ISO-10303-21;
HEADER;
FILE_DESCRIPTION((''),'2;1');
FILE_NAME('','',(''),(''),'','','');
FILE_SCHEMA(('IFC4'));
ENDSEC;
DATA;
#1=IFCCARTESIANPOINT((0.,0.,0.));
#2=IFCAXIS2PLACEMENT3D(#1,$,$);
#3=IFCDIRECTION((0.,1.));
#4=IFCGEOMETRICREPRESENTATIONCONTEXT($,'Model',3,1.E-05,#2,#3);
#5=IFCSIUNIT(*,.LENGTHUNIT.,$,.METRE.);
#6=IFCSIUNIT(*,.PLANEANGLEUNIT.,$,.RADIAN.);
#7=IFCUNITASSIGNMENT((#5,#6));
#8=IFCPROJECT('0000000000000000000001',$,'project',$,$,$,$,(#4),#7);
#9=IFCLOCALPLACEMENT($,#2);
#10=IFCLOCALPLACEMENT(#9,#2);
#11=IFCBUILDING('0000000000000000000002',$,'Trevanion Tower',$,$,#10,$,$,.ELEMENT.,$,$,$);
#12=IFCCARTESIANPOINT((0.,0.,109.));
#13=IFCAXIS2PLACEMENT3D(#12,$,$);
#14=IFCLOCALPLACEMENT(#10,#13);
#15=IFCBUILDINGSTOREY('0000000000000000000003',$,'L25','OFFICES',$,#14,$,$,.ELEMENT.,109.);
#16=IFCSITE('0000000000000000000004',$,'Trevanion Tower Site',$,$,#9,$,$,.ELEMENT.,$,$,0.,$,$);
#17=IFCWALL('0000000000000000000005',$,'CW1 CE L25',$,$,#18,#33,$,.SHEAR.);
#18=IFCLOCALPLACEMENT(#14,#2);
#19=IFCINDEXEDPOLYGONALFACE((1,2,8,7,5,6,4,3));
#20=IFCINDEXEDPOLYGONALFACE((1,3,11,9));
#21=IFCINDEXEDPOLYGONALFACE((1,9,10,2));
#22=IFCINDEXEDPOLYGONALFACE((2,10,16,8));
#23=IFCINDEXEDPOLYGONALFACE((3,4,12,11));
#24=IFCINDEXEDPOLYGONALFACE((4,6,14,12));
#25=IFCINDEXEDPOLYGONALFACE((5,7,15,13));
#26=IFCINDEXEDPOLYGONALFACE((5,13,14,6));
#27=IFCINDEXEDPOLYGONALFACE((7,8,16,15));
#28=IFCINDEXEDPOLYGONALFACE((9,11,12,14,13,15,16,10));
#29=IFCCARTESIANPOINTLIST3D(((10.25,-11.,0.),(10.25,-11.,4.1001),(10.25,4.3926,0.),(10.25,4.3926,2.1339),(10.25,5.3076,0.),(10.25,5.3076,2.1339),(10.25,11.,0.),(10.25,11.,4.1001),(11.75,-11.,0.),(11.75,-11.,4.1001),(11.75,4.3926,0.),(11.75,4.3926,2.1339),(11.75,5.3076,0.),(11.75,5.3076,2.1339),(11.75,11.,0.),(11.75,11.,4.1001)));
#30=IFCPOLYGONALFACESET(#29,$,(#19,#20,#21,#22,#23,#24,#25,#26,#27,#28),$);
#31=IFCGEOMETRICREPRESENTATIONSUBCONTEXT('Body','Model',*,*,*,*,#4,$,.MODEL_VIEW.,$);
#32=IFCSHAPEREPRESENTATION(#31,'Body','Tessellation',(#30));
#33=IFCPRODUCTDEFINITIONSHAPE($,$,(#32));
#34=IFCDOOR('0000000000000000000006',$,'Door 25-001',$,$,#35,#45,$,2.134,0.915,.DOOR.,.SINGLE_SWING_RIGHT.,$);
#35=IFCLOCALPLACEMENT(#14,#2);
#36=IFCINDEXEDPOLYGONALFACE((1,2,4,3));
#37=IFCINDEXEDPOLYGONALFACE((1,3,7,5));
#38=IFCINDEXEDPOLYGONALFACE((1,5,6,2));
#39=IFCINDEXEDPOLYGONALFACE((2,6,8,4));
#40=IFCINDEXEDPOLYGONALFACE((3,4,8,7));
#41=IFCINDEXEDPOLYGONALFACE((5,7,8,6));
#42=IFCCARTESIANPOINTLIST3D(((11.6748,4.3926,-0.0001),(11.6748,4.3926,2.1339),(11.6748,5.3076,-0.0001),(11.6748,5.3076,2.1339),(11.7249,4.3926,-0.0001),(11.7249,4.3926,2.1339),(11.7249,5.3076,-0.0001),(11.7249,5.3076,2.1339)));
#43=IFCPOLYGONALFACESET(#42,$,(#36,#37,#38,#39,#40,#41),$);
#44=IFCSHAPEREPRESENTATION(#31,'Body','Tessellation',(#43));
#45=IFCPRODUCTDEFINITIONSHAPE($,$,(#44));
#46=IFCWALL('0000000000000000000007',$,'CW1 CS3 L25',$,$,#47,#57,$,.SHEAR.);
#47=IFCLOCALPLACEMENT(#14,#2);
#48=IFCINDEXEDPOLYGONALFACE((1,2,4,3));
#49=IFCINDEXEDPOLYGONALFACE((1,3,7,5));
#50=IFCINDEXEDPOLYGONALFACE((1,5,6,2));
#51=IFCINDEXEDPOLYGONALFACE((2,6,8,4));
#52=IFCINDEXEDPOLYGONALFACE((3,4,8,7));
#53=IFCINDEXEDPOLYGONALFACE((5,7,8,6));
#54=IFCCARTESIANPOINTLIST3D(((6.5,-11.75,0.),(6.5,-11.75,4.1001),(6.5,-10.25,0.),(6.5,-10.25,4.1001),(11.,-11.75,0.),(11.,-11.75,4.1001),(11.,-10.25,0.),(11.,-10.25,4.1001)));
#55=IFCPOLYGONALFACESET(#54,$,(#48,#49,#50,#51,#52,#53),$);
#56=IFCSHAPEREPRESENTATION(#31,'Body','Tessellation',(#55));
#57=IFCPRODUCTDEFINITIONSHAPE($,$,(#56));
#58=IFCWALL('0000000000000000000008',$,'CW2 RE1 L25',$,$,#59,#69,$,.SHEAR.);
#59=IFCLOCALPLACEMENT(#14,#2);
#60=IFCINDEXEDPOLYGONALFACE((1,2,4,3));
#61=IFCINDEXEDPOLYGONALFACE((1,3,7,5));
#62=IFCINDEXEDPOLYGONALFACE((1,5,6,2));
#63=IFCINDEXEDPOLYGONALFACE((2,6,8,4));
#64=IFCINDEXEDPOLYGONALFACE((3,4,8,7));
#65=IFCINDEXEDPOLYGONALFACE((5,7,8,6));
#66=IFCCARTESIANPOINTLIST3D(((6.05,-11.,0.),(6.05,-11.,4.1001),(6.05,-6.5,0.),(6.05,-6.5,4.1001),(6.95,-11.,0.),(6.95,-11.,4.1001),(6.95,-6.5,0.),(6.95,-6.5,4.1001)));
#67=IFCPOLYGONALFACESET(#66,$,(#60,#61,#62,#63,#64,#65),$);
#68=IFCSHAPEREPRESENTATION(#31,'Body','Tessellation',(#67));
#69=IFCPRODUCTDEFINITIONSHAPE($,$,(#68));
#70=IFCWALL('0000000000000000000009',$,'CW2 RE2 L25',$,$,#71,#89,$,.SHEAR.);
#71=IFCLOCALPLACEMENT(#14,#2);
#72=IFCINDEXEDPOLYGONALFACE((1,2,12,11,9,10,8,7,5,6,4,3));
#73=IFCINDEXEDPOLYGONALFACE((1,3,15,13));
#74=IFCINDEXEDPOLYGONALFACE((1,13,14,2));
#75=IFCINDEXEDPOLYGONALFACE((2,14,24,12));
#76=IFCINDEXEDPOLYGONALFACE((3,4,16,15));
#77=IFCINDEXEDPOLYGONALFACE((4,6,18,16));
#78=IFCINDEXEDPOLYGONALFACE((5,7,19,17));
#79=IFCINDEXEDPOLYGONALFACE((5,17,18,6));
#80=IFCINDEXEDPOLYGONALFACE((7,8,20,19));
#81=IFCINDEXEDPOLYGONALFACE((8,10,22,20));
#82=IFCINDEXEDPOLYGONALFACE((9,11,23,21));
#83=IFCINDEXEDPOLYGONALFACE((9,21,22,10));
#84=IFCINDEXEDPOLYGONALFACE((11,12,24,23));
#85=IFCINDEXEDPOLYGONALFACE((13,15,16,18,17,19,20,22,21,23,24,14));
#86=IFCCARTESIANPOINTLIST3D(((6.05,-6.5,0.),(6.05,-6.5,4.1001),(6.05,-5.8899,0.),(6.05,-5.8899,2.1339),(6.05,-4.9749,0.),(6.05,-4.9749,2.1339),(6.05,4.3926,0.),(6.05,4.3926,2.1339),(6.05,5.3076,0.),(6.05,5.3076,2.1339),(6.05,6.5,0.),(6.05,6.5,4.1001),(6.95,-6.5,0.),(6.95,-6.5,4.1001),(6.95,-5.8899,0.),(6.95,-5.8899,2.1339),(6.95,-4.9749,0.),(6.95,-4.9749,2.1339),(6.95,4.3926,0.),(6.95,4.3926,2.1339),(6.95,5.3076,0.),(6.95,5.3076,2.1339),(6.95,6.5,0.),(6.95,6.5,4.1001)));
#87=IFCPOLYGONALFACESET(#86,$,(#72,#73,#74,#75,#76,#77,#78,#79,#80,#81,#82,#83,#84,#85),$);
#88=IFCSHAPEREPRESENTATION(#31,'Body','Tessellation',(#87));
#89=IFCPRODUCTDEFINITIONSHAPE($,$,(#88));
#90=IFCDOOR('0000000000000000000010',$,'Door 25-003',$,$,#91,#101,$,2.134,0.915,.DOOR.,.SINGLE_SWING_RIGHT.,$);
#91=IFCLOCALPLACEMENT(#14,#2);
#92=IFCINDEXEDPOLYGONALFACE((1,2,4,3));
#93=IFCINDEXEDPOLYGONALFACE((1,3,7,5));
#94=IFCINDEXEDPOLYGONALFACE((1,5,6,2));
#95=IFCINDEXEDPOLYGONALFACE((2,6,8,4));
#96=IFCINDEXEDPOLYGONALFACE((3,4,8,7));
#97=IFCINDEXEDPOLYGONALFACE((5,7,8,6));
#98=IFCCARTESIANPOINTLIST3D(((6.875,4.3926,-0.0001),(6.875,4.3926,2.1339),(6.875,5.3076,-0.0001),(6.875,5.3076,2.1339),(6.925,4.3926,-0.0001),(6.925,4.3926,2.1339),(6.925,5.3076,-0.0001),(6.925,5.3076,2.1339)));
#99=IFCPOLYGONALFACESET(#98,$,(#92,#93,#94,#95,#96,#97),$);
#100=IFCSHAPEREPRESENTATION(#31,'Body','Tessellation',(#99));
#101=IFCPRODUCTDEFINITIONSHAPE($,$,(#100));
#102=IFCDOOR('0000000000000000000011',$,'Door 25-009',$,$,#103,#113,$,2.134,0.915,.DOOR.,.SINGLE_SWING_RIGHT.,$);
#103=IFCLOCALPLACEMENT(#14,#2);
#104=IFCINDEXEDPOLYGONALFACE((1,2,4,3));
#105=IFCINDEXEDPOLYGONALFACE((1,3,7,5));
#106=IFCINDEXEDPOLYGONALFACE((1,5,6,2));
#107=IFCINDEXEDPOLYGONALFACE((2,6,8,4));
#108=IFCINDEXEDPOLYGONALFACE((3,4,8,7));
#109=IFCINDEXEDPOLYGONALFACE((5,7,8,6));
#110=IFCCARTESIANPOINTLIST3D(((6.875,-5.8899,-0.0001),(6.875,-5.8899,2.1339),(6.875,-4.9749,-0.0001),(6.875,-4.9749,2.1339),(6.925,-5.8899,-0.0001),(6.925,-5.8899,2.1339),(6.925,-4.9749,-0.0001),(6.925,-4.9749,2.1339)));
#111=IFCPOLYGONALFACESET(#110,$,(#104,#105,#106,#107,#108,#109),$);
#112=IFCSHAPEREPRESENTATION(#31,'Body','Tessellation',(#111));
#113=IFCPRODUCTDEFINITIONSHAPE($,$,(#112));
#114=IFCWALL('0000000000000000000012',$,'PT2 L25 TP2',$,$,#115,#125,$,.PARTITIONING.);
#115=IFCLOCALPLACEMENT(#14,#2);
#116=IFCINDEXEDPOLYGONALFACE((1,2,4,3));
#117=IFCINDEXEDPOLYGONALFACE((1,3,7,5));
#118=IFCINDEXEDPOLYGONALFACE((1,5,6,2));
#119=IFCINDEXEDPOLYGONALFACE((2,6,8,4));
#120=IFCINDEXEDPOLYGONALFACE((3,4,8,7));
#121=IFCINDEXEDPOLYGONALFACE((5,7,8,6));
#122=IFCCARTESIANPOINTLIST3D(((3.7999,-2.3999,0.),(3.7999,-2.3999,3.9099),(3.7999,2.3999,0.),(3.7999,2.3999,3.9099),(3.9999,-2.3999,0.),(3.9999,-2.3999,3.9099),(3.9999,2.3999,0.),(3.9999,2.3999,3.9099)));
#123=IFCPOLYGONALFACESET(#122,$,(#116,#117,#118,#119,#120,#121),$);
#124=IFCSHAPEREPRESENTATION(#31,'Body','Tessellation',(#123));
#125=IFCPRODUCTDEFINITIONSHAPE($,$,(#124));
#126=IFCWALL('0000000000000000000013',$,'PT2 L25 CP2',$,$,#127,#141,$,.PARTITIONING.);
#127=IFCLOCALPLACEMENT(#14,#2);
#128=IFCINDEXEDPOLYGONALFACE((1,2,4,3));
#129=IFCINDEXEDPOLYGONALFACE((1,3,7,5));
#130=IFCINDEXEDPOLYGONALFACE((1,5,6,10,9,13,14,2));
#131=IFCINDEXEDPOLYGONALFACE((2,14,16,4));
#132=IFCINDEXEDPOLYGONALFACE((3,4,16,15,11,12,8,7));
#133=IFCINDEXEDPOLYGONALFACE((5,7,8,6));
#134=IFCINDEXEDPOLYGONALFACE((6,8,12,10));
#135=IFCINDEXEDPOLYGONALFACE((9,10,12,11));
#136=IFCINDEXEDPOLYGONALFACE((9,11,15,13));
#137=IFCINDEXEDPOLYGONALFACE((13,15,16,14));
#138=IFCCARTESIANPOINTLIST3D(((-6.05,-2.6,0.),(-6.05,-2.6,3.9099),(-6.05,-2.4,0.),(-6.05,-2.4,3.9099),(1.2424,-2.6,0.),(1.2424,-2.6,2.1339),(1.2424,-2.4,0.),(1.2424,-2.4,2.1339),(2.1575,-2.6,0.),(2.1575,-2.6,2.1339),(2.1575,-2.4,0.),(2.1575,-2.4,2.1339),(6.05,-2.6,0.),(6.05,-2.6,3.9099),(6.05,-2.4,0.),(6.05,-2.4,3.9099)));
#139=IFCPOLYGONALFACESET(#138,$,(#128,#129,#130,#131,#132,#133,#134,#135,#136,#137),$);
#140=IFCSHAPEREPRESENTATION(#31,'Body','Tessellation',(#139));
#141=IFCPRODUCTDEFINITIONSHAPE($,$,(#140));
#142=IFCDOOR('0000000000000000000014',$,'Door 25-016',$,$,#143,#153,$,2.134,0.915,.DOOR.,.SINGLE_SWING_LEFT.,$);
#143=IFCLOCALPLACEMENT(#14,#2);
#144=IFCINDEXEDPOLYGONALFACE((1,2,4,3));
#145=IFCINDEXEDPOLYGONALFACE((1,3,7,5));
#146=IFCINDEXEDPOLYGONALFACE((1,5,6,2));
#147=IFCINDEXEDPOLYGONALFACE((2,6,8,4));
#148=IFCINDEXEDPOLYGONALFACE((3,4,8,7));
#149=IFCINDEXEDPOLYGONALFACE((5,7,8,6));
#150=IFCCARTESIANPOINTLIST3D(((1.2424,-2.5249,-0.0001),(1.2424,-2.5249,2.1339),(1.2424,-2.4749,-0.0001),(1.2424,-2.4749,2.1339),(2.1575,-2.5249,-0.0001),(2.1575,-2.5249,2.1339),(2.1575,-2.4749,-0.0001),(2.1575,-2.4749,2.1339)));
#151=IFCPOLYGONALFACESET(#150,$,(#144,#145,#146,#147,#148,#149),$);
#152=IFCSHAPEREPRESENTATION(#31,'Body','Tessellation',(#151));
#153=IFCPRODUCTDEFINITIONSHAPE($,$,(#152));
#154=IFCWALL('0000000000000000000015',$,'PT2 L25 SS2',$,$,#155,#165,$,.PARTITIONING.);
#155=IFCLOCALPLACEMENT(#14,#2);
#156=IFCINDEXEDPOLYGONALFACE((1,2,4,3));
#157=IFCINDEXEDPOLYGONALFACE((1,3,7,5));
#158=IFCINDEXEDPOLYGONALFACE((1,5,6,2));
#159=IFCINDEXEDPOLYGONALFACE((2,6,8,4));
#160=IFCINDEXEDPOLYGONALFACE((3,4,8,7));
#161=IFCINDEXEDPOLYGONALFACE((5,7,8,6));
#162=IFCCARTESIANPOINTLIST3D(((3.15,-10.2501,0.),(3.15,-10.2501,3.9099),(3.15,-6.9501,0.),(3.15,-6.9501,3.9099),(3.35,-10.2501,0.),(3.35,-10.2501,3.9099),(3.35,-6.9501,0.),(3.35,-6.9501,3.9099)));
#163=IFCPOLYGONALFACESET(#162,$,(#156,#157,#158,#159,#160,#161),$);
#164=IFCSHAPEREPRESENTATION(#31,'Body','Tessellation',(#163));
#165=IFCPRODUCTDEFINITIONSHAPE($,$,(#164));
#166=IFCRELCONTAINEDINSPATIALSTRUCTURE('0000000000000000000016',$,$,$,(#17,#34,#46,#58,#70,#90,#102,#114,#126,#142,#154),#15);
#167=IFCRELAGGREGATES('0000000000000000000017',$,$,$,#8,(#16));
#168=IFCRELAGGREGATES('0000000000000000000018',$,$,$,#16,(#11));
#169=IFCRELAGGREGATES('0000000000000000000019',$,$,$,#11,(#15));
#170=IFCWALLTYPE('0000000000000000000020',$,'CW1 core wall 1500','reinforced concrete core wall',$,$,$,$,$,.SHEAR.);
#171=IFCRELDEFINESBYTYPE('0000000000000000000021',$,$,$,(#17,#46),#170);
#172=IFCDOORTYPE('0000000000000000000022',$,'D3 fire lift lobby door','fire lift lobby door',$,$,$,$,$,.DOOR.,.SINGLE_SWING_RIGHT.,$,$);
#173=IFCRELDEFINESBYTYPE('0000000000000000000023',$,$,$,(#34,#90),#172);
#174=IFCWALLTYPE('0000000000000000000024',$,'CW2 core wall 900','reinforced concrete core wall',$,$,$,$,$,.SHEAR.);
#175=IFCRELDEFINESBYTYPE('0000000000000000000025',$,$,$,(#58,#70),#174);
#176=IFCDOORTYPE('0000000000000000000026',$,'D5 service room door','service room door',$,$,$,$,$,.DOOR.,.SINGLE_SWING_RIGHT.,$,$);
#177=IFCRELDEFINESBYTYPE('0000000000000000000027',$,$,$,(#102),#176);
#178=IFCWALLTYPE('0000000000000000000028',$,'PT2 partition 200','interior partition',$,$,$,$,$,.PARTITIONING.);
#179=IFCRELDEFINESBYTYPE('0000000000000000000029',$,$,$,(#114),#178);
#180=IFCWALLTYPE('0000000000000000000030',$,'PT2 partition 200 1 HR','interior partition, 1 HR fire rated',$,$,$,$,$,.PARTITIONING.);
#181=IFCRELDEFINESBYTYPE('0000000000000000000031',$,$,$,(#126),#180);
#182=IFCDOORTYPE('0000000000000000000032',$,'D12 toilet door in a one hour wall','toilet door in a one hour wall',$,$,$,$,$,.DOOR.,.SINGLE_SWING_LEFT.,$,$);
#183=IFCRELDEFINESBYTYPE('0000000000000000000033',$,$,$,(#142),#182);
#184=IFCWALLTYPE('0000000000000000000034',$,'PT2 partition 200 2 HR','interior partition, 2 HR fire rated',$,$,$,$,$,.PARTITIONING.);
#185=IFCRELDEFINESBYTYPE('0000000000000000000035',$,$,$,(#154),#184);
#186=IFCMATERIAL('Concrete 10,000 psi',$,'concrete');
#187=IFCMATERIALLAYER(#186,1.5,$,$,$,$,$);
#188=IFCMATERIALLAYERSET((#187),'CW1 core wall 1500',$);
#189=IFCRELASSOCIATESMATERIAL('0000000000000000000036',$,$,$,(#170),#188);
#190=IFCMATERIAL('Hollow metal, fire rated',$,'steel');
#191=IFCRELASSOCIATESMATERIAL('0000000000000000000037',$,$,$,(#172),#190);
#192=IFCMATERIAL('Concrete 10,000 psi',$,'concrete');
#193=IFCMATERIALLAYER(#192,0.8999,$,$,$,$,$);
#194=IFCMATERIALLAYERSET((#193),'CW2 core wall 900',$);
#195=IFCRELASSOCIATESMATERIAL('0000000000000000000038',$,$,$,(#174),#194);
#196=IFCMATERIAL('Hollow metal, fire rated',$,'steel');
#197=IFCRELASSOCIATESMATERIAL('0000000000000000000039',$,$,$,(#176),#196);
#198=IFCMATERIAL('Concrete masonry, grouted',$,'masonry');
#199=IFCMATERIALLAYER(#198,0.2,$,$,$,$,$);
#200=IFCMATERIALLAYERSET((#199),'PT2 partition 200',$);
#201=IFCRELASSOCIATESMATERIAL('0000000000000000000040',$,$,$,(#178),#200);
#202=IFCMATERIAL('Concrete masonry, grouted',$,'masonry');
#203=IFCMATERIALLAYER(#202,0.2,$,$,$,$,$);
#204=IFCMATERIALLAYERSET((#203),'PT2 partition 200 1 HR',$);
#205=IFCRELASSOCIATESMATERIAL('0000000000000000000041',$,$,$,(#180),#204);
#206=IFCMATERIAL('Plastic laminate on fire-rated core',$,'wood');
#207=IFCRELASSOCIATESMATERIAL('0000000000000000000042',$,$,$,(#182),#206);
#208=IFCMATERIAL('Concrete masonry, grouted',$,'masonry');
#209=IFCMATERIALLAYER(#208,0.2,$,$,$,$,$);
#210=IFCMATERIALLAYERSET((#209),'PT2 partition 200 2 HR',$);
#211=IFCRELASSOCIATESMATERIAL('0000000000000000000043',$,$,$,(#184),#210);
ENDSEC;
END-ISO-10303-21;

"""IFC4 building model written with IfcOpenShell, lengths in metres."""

from ifc_helpers import new_model, si_unit, direction, frame, frame_2d, origin, place, context, subcontext, project, spatial, rectangle, extrude, material, layer, layer_set, type_object, element, fill, save


model = new_model("IFC4")

# Units and contexts
model_context = context("Model", 3, precision=1e-05, world=origin(), true_north=direction((0.0, 1.0)))
body_context = subcontext(model_context, "Body", "Model", "MODEL_VIEW")
ifc_project = project(units=[si_unit("LENGTHUNIT", "METRE"), si_unit("PLANEANGLEUNIT", "RADIAN")], contexts=[model_context])

# Site, building, storey
site_placement = place(None, origin())
site = spatial("IfcSite", under=ifc_project, at=site_placement, Name="Trevanion Tower Site", CompositionType="ELEMENT", RefElevation=0.0)
building_placement = place(site_placement, origin())
building = spatial("IfcBuilding", under=site, at=building_placement, Name="Trevanion Tower", CompositionType="ELEMENT")
storey_placement = place(building_placement, frame((0.0, 0.0, 109.0)))
storey = spatial("IfcBuildingStorey", under=building, at=storey_placement, Name="L25", Description="OFFICES", CompositionType="ELEMENT", Elevation=109.0)

# Wall, opening, door
ifc_material_1 = material(Name="Concrete 10,000 psi", Category="concrete")
ifc_layer_1 = layer(ifc_material_1, 1.5)
ifc_layer_set_1 = layer_set([ifc_layer_1], Name="CW1 core wall 1500")
wall_type_1 = type_object("IfcWallType", Name="CW1 core wall 1500", Description="reinforced concrete core wall", PredefinedType="SHEAR", material=ifc_layer_set_1)
wall_1_placement = place(storey_placement, frame((11.0, -11.0, 0.0), z_axis=(0.0, 0.0, 1.0), x_axis=(0.0, 1.0, 0.0)))
wall_1 = element("IfcWall", 1, at=wall_1_placement, inside=storey, type_object=wall_type_1, Name="CW1 CE L25", PredefinedType="SHEAR", context=body_context, shape_type="SweptSolid", body=[
    extrude(rectangle(XDim=22.0, YDim=1.5, at=frame_2d((11.0, 0.0))), origin(), (0.0, 0.0, 1.0), 4.1001),
])
opening_1_placement = place(wall_1_placement, frame((15.3926, 0.0, 0.0)))
opening_1 = element("IfcOpeningElement", 2, at=opening_1_placement, cuts=wall_1, PredefinedType="OPENING", context=body_context, shape_type="SweptSolid", body=[
    extrude(rectangle(XDim=0.915, YDim=2.134, at=frame_2d((0.4575, 1.0669))), frame((0.0, 0.76, 0.0), z_axis=(0.0, -1.0, 0.0), x_axis=(1.0, 0.0, 0.0)), (0.0, 0.0, 1.0), 1.52),
])
ifc_material_2 = material(Name="Hollow metal, fire rated", Category="steel")
door_type_1 = type_object("IfcDoorType", Name="D3 fire lift lobby door", Description="fire lift lobby door", OperationType="SINGLE_SWING_RIGHT", PredefinedType="DOOR", material=ifc_material_2)
door_1_placement = place(opening_1_placement, origin())
door_1 = element("IfcDoor", 3, at=door_1_placement, inside=storey, type_object=door_type_1, Name="Door 25-001", OperationType="SINGLE_SWING_RIGHT", OverallHeight=2.134, OverallWidth=0.915, PredefinedType="DOOR", context=body_context, shape_type="SweptSolid", body=[
    extrude(rectangle(XDim=0.915, YDim=2.134, at=frame_2d((0.4575, 1.0669))), frame((0.0, -0.6748, 0.0), z_axis=(0.0, -1.0, 0.0), x_axis=(1.0, 0.0, 0.0)), (0.0, 0.0, 1.0), 0.05),
])
fill(opening_1, door_1)

# Walls
wall_2_placement = place(storey_placement, frame((6.5, -11.0, 0.0), z_axis=(0.0, 0.0, 1.0), x_axis=(1.0, 0.0, 0.0)))
element("IfcWall", 4, at=wall_2_placement, inside=storey, type_object=wall_type_1, Name="CW1 CS3 L25", PredefinedType="SHEAR", context=body_context, shape_type="SweptSolid", body=[
    extrude(rectangle(XDim=4.5, YDim=1.5, at=frame_2d((2.25, 0.0))), origin(), (0.0, 0.0, 1.0), 4.1001),
])
ifc_material_3 = material(Name="Concrete 10,000 psi", Category="concrete")
ifc_layer_2 = layer(ifc_material_3, 0.8999)
ifc_layer_set_2 = layer_set([ifc_layer_2], Name="CW2 core wall 900")
wall_type_2 = type_object("IfcWallType", Name="CW2 core wall 900", Description="reinforced concrete core wall", PredefinedType="SHEAR", material=ifc_layer_set_2)
wall_3_placement = place(storey_placement, frame((6.5, -11.0, 0.0), z_axis=(0.0, 0.0, 1.0), x_axis=(0.0, 1.0, 0.0)))
element("IfcWall", 5, at=wall_3_placement, inside=storey, type_object=wall_type_2, Name="CW2 RE1 L25", PredefinedType="SHEAR", context=body_context, shape_type="SweptSolid", body=[
    extrude(rectangle(XDim=4.5, YDim=0.8999, at=frame_2d((2.25, 0.0))), origin(), (0.0, 0.0, 1.0), 4.1001),
])

# Wall, openings, doors
wall_4_placement = place(storey_placement, frame((6.5, -6.5, 0.0), z_axis=(0.0, 0.0, 1.0), x_axis=(0.0, 1.0, 0.0)))
wall_4 = element("IfcWall", 6, at=wall_4_placement, inside=storey, type_object=wall_type_2, Name="CW2 RE2 L25", PredefinedType="SHEAR", context=body_context, shape_type="SweptSolid", body=[
    extrude(rectangle(XDim=13.0, YDim=0.8999, at=frame_2d((6.5, 0.0))), origin(), (0.0, 0.0, 1.0), 4.1001),
])
opening_2_placement = place(wall_4_placement, frame((10.8926, 0.0, 0.0)))
opening_2 = element("IfcOpeningElement", 7, at=opening_2_placement, cuts=wall_4, PredefinedType="OPENING", context=body_context, shape_type="SweptSolid", body=[
    extrude(rectangle(XDim=0.915, YDim=2.134, at=frame_2d((0.4575, 1.0669))), frame((0.0, 0.46, 0.0), z_axis=(0.0, -1.0, 0.0), x_axis=(1.0, 0.0, 0.0)), (0.0, 0.0, 1.0), 0.9199),
])
opening_3_placement = place(wall_4_placement, frame((0.6101, 0.0, 0.0)))
opening_3 = element("IfcOpeningElement", 8, at=opening_3_placement, cuts=wall_4, PredefinedType="OPENING", context=body_context, shape_type="SweptSolid", body=[
    extrude(rectangle(XDim=0.915, YDim=2.134, at=frame_2d((0.4575, 1.0669))), frame((0.0, 0.46, 0.0), z_axis=(0.0, -1.0, 0.0), x_axis=(1.0, 0.0, 0.0)), (0.0, 0.0, 1.0), 0.9199),
])
door_2_placement = place(opening_2_placement, origin())
door_2 = element("IfcDoor", 9, at=door_2_placement, inside=storey, type_object=door_type_1, Name="Door 25-003", OperationType="SINGLE_SWING_RIGHT", OverallHeight=2.134, OverallWidth=0.915, PredefinedType="DOOR", context=body_context, shape_type="SweptSolid", body=[
    extrude(rectangle(XDim=0.915, YDim=2.134, at=frame_2d((0.4575, 1.0669))), frame((0.0, -0.375, 0.0), z_axis=(0.0, -1.0, 0.0), x_axis=(1.0, 0.0, 0.0)), (0.0, 0.0, 1.0), 0.05),
])
fill(opening_2, door_2)
ifc_material_4 = material(Name="Hollow metal, fire rated", Category="steel")
door_type_2 = type_object("IfcDoorType", Name="D5 service room door", Description="service room door", OperationType="SINGLE_SWING_RIGHT", PredefinedType="DOOR", material=ifc_material_4)
door_3_placement = place(opening_3_placement, origin())
door_3 = element("IfcDoor", 10, at=door_3_placement, inside=storey, type_object=door_type_2, Name="Door 25-009", OperationType="SINGLE_SWING_RIGHT", OverallHeight=2.134, OverallWidth=0.915, PredefinedType="DOOR", context=body_context, shape_type="SweptSolid", body=[
    extrude(rectangle(XDim=0.915, YDim=2.134, at=frame_2d((0.4575, 1.0669))), frame((0.0, -0.375, 0.0), z_axis=(0.0, -1.0, 0.0), x_axis=(1.0, 0.0, 0.0)), (0.0, 0.0, 1.0), 0.05),
])
fill(opening_3, door_3)

# Wall
ifc_material_5 = material(Name="Concrete masonry, grouted", Category="masonry")
ifc_layer_3 = layer(ifc_material_5, 0.2)
ifc_layer_set_3 = layer_set([ifc_layer_3], Name="PT2 partition 200")
wall_type_3 = type_object("IfcWallType", Name="PT2 partition 200", Description="interior partition", PredefinedType="PARTITIONING", material=ifc_layer_set_3)
wall_5_placement = place(storey_placement, frame((3.8999, -2.3999, 0.0), z_axis=(0.0, 0.0, 1.0), x_axis=(0.0, 1.0, 0.0)))
element("IfcWall", 11, at=wall_5_placement, inside=storey, type_object=wall_type_3, Name="PT2 L25 TP2", PredefinedType="PARTITIONING", context=body_context, shape_type="SweptSolid", body=[
    extrude(rectangle(XDim=4.7998, YDim=0.2, at=frame_2d((2.3999, 0.0))), origin(), (0.0, 0.0, 1.0), 3.9099),
])

# Wall, opening, door
ifc_material_6 = material(Name="Concrete masonry, grouted", Category="masonry")
ifc_layer_4 = layer(ifc_material_6, 0.2)
ifc_layer_set_4 = layer_set([ifc_layer_4], Name="PT2 partition 200 1 HR")
wall_type_4 = type_object("IfcWallType", Name="PT2 partition 200 1 HR", Description="interior partition, 1 HR fire rated", PredefinedType="PARTITIONING", material=ifc_layer_set_4)
wall_6_placement = place(storey_placement, frame((6.05, -2.5, 0.0), z_axis=(0.0, 0.0, 1.0), x_axis=(-1.0, 0.0, 0.0)))
wall_6 = element("IfcWall", 12, at=wall_6_placement, inside=storey, type_object=wall_type_4, Name="PT2 L25 CP2", PredefinedType="PARTITIONING", context=body_context, shape_type="SweptSolid", body=[
    extrude(rectangle(XDim=12.1001, YDim=0.2, at=frame_2d((6.05, 0.0))), origin(), (0.0, 0.0, 1.0), 3.9099),
])
opening_4_placement = place(wall_6_placement, frame((3.8926, 0.0, 0.0)))
opening_4 = element("IfcOpeningElement", 13, at=opening_4_placement, cuts=wall_6, PredefinedType="OPENING", context=body_context, shape_type="SweptSolid", body=[
    extrude(rectangle(XDim=0.915, YDim=2.134, at=frame_2d((0.4575, 1.0669))), frame((0.0, 0.1099, 0.0), z_axis=(0.0, -1.0, 0.0), x_axis=(1.0, 0.0, 0.0)), (0.0, 0.0, 1.0), 0.22),
])
ifc_material_7 = material(Name="Plastic laminate on fire-rated core", Category="wood")
door_type_3 = type_object("IfcDoorType", Name="D12 toilet door in a one hour wall", Description="toilet door in a one hour wall", OperationType="SINGLE_SWING_LEFT", PredefinedType="DOOR", material=ifc_material_7)
door_4_placement = place(opening_4_placement, origin())
door_4 = element("IfcDoor", 14, at=door_4_placement, inside=storey, type_object=door_type_3, Name="Door 25-016", OperationType="SINGLE_SWING_LEFT", OverallHeight=2.134, OverallWidth=0.915, PredefinedType="DOOR", context=body_context, shape_type="SweptSolid", body=[
    extrude(rectangle(XDim=0.915, YDim=2.134, at=frame_2d((0.4575, 1.0669))), frame((0.0, 0.0249, 0.0), z_axis=(0.0, -1.0, 0.0), x_axis=(1.0, 0.0, 0.0)), (0.0, 0.0, 1.0), 0.05),
])
fill(opening_4, door_4)

# Wall
ifc_material_8 = material(Name="Concrete masonry, grouted", Category="masonry")
ifc_layer_5 = layer(ifc_material_8, 0.2)
ifc_layer_set_5 = layer_set([ifc_layer_5], Name="PT2 partition 200 2 HR")
wall_type_5 = type_object("IfcWallType", Name="PT2 partition 200 2 HR", Description="interior partition, 2 HR fire rated", PredefinedType="PARTITIONING", material=ifc_layer_set_5)
wall_7_placement = place(storey_placement, frame((3.25, -10.25, 0.0), z_axis=(0.0, 0.0, 1.0), x_axis=(0.0, 1.0, 0.0)))
element("IfcWall", 15, at=wall_7_placement, inside=storey, type_object=wall_type_5, Name="PT2 L25 SS2", PredefinedType="PARTITIONING", context=body_context, shape_type="SweptSolid", body=[
    extrude(rectangle(XDim=3.3, YDim=0.2, at=frame_2d((1.6499, 0.0))), origin(), (0.0, 0.0, 1.0), 3.9099),
])

save(model, "model.ifc")
